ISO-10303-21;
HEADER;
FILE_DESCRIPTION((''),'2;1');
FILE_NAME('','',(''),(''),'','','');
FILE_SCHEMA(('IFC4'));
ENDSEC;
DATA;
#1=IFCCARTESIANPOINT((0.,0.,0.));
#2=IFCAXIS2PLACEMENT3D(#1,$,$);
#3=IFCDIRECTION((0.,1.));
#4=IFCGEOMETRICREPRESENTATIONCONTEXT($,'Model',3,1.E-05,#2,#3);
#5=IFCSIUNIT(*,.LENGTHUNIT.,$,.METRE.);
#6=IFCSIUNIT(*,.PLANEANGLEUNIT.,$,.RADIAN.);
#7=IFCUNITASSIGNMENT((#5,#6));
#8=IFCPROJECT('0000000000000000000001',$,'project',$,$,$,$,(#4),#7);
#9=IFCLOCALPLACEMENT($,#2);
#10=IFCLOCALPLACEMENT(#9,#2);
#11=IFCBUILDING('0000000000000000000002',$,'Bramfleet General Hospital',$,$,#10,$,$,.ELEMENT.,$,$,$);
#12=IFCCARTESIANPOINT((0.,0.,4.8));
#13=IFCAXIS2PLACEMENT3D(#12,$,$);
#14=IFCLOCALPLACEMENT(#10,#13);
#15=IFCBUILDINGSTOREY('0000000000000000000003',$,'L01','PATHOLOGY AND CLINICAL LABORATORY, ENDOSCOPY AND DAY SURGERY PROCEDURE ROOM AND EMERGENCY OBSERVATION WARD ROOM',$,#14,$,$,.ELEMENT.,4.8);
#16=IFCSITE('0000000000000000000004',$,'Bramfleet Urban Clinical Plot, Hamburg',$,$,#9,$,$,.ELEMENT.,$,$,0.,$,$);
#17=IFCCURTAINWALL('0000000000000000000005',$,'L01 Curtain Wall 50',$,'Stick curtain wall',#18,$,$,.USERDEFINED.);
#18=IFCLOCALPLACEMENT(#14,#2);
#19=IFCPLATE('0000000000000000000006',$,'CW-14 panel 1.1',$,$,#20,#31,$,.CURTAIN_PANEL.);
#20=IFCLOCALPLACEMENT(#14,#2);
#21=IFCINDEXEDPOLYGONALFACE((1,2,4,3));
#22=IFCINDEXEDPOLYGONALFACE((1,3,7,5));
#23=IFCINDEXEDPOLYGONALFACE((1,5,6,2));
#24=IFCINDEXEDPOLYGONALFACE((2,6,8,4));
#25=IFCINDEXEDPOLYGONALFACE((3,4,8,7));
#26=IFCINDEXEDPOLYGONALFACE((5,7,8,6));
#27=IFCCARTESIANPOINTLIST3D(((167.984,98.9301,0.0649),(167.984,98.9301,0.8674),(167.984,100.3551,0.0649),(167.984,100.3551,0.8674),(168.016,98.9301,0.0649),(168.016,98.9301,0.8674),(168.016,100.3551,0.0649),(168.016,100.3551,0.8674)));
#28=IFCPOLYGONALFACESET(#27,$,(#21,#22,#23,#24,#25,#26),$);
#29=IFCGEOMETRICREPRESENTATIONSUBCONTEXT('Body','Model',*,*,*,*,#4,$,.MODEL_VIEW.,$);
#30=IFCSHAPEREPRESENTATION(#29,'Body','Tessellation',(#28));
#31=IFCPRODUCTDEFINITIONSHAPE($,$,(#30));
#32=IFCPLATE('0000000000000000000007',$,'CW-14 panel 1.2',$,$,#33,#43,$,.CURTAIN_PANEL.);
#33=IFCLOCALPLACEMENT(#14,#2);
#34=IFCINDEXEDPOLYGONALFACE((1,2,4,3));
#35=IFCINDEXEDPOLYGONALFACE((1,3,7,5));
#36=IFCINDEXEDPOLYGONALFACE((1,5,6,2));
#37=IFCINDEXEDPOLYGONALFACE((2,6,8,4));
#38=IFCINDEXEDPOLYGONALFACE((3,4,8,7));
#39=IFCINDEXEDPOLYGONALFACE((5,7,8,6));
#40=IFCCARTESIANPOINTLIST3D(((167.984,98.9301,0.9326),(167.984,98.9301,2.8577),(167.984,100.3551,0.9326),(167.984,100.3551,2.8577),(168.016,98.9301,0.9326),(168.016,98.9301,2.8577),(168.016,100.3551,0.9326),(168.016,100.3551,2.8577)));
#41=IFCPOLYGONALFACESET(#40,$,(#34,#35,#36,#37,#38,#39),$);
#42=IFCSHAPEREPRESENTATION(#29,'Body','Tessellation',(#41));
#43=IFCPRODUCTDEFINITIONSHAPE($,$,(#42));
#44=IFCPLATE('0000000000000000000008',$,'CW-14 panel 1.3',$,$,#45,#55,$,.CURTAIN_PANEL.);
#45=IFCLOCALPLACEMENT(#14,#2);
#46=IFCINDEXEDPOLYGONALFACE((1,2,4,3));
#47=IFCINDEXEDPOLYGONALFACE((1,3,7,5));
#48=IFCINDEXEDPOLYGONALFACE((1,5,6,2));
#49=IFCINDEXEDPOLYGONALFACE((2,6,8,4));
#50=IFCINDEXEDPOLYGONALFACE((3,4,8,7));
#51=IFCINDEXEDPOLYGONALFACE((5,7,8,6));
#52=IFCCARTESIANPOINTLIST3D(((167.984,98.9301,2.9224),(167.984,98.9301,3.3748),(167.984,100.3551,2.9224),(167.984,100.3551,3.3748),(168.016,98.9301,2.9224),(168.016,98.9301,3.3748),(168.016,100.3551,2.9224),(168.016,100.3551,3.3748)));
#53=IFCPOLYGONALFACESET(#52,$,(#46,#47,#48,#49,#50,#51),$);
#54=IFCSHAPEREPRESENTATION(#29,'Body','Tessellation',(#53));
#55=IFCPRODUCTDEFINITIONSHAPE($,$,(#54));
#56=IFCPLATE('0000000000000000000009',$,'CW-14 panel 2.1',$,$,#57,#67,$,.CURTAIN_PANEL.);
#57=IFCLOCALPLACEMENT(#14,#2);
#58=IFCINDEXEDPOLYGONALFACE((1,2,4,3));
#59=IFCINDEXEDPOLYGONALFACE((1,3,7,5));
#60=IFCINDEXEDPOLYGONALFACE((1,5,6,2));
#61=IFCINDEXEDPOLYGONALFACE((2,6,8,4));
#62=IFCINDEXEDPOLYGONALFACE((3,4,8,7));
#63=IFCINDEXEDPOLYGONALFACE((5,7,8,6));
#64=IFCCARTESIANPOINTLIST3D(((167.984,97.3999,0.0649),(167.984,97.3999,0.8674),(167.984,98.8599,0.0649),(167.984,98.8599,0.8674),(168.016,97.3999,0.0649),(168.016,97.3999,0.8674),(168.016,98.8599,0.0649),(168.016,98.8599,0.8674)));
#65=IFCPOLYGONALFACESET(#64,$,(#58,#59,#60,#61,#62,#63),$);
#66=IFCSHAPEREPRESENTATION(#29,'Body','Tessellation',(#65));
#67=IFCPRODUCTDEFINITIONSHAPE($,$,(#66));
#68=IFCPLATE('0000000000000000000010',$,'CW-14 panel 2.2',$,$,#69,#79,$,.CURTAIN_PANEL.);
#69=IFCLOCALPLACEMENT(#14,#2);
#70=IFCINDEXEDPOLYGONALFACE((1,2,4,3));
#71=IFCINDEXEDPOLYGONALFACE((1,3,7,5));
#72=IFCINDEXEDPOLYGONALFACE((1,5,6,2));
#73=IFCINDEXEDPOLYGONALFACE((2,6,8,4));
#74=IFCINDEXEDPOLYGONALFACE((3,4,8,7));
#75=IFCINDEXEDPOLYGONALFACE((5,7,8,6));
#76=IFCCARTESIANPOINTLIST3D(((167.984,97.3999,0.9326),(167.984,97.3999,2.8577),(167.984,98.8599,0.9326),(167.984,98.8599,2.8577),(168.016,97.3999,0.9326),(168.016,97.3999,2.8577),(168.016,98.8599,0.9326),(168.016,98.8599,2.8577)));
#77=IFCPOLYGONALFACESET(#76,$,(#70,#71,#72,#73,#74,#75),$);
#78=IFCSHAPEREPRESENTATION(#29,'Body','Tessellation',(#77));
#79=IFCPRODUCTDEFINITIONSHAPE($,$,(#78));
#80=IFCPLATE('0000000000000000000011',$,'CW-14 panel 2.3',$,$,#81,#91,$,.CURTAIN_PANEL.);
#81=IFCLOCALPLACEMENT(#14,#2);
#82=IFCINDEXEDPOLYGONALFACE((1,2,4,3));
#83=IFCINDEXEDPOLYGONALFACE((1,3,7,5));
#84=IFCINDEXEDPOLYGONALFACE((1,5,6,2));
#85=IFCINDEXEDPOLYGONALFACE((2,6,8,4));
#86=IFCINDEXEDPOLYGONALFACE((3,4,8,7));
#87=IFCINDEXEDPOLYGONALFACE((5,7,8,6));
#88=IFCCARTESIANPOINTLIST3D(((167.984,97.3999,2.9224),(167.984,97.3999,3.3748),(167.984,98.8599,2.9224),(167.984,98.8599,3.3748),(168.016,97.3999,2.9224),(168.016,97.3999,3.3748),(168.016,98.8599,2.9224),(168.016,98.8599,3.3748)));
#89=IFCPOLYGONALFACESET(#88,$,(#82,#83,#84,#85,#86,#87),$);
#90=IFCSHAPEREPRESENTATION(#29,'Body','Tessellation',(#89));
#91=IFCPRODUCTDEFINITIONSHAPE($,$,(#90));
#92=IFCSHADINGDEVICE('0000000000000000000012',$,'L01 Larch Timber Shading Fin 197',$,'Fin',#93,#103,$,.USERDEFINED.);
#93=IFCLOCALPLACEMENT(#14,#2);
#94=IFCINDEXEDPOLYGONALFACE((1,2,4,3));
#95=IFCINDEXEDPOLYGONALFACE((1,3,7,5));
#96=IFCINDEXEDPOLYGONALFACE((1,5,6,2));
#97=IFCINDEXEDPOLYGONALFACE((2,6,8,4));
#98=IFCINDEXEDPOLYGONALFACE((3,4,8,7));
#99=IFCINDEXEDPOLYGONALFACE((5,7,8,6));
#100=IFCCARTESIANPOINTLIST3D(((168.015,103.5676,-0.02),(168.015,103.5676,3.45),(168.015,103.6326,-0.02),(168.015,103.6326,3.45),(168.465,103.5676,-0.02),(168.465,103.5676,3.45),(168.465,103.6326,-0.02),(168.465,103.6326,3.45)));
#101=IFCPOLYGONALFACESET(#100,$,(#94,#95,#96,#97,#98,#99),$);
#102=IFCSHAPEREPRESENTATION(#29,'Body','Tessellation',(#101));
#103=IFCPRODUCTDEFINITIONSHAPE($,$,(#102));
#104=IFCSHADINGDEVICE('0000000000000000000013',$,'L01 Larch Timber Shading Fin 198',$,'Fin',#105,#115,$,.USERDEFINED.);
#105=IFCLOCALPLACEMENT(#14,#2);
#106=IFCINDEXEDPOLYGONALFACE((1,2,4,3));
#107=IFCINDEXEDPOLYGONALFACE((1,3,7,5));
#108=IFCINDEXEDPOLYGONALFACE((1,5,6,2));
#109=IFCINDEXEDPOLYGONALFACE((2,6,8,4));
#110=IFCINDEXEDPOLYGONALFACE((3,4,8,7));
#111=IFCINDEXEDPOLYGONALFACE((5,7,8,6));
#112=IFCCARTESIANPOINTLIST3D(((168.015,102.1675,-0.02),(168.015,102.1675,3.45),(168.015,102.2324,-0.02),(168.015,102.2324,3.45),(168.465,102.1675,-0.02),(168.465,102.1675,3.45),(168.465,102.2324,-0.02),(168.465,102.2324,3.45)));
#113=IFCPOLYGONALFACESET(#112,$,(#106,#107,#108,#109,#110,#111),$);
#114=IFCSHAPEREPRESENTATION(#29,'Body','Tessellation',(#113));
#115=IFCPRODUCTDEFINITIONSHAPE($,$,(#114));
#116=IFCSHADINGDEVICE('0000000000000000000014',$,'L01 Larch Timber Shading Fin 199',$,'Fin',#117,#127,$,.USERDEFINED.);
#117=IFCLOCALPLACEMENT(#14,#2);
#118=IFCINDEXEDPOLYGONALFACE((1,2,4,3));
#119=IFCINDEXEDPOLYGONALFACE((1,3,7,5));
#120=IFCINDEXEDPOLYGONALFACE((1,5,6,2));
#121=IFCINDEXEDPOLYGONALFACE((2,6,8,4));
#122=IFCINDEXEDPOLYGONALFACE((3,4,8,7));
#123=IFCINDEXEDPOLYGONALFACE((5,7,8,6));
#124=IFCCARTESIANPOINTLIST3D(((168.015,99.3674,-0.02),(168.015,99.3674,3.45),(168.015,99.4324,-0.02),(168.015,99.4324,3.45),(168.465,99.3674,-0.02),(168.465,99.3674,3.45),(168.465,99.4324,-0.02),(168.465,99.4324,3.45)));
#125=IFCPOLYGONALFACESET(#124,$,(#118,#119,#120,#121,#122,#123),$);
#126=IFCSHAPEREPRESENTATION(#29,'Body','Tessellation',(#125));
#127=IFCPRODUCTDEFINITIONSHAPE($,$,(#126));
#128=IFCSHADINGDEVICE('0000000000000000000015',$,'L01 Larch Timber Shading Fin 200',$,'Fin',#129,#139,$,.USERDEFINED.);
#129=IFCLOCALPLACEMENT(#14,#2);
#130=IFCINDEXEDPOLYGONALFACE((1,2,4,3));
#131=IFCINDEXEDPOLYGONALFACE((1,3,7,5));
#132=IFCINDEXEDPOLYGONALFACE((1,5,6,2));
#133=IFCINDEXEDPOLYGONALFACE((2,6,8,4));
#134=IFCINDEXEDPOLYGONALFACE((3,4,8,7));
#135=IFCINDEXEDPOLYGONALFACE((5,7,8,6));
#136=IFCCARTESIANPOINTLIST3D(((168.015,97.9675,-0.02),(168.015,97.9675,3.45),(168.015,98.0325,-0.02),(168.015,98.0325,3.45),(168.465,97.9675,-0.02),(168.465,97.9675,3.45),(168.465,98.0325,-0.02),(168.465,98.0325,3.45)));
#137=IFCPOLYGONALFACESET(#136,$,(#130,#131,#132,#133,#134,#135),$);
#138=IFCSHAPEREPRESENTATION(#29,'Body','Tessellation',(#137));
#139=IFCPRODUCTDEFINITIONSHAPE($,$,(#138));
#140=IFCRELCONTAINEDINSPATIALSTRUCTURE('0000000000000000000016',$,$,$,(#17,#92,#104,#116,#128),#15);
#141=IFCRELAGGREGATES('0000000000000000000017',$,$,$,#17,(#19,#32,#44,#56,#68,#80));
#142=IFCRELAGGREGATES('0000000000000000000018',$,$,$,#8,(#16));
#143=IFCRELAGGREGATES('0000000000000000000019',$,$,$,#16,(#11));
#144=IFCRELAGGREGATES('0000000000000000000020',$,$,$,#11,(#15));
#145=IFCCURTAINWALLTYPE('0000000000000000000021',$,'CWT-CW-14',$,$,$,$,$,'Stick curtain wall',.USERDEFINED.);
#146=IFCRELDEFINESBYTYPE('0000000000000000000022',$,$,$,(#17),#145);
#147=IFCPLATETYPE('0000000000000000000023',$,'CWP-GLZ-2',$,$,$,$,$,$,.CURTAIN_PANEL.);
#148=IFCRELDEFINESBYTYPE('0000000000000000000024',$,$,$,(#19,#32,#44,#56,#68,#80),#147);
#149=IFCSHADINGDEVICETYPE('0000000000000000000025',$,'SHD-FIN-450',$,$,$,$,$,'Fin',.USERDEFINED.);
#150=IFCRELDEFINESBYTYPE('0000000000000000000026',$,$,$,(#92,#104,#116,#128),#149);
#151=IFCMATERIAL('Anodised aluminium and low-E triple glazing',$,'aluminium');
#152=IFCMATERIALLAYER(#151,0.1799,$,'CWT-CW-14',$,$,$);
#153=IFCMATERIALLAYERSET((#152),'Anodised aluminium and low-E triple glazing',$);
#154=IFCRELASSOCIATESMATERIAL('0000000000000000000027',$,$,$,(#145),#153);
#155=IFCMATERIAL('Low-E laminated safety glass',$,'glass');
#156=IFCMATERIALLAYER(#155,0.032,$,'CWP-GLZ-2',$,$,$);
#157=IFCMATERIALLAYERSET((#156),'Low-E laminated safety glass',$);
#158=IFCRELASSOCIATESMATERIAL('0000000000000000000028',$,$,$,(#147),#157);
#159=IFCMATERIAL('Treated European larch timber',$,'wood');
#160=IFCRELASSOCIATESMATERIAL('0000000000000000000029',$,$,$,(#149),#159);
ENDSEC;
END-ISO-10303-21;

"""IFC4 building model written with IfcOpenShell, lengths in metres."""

from ifc_helpers import new_model, si_unit, direction, frame, origin, origin_2d, place, context, subcontext, project, spatial, rectangle, extrude, material, layer, layer_set, material_profile, profile_set, type_object, element, aggregate, save


model = new_model("IFC4")

# Units and contexts
model_context = context("Model", 3, precision=1e-05, world=origin(), true_north=direction((0.0, 1.0)))
body_context = subcontext(model_context, "Body", "Model", "MODEL_VIEW")
ifc_project = project(units=[si_unit("LENGTHUNIT", "METRE"), si_unit("PLANEANGLEUNIT", "RADIAN")], contexts=[model_context])

# Site, building, storey
site_placement = place(None, origin())
site = spatial("IfcSite", under=ifc_project, at=site_placement, Name="Bramfleet Urban Clinical Plot, Hamburg", CompositionType="ELEMENT", RefElevation=0.0)
building_placement = place(site_placement, origin())
building = spatial("IfcBuilding", under=site, at=building_placement, Name="Bramfleet General Hospital", CompositionType="ELEMENT")
storey_placement = place(building_placement, frame((0.0, 0.0, 4.8)))
storey = spatial("IfcBuildingStorey", under=building, at=storey_placement, Name="L01", Description="PATHOLOGY AND CLINICAL LABORATORY, ENDOSCOPY AND DAY SURGERY PROCEDURE ROOM AND EMERGENCY OBSERVATION WARD ROOM", CompositionType="ELEMENT", Elevation=4.8)

# Curtain wall
ifc_material_1 = material(Name="Anodised aluminium and low-E triple glazing", Category="aluminium")
ifc_layer_1 = layer(ifc_material_1, 0.1799, Name="CWT-CW-14")
ifc_layer_set_1 = layer_set([ifc_layer_1], Name="Anodised aluminium and low-E triple glazing")
curtain_wall_type_1 = type_object("IfcCurtainWallType", Name="CWT-CW-14", ElementType="Stick curtain wall", PredefinedType="USERDEFINED", material=ifc_layer_set_1)
curtain_wall_1_placement = place(storey_placement, origin())
curtain_wall_1 = element("IfcCurtainWall", 1, at=curtain_wall_1_placement, inside=storey, type_object=curtain_wall_type_1, Name="L01 Curtain Wall 50", ObjectType="Stick curtain wall", PredefinedType="USERDEFINED")

# Plates
ifc_material_2 = material(Name="Low-E laminated safety glass", Category="glass")
ifc_layer_2 = layer(ifc_material_2, 0.032, Name="CWP-GLZ-2")
ifc_layer_set_2 = layer_set([ifc_layer_2], Name="Low-E laminated safety glass")
plate_type_1 = type_object("IfcPlateType", Name="CWP-GLZ-2", PredefinedType="CURTAIN_PANEL", material=ifc_layer_set_2)
plate_1_placement = place(storey_placement, frame((168.0, 99.6426, 0.0649), z_axis=(0.0, 0.0, 1.0), x_axis=(0.0, -1.0, 0.0)))
plate_1 = element("IfcPlate", 2, at=plate_1_placement, type_object=plate_type_1, Name="CW-14 panel 1.1", PredefinedType="CURTAIN_PANEL", context=body_context, shape_type="SweptSolid", body=[
    extrude(rectangle(XDim=1.425, YDim=0.032, at=origin_2d()), origin(), (0.0, 0.0, 1.0), 0.8025),
])
plate_2_placement = place(storey_placement, frame((168.0, 99.6426, 0.9326), z_axis=(0.0, 0.0, 1.0), x_axis=(0.0, -1.0, 0.0)))
plate_2 = element("IfcPlate", 3, at=plate_2_placement, type_object=plate_type_1, Name="CW-14 panel 1.2", PredefinedType="CURTAIN_PANEL", context=body_context, shape_type="SweptSolid", body=[
    extrude(rectangle(XDim=1.425, YDim=0.032, at=origin_2d()), origin(), (0.0, 0.0, 1.0), 1.925),
])
plate_3_placement = place(storey_placement, frame((168.0, 99.6426, 2.9224), z_axis=(0.0, 0.0, 1.0), x_axis=(0.0, -1.0, 0.0)))
plate_3 = element("IfcPlate", 4, at=plate_3_placement, type_object=plate_type_1, Name="CW-14 panel 1.3", PredefinedType="CURTAIN_PANEL", context=body_context, shape_type="SweptSolid", body=[
    extrude(rectangle(XDim=1.425, YDim=0.032, at=origin_2d()), origin(), (0.0, 0.0, 1.0), 0.4524),
])
plate_4_placement = place(storey_placement, frame((168.0, 98.1299, 0.0649), z_axis=(0.0, 0.0, 1.0), x_axis=(0.0, -1.0, 0.0)))
plate_4 = element("IfcPlate", 5, at=plate_4_placement, type_object=plate_type_1, Name="CW-14 panel 2.1", PredefinedType="CURTAIN_PANEL", context=body_context, shape_type="SweptSolid", body=[
    extrude(rectangle(XDim=1.46, YDim=0.032, at=origin_2d()), origin(), (0.0, 0.0, 1.0), 0.8025),
])
plate_5_placement = place(storey_placement, frame((168.0, 98.1299, 0.9326), z_axis=(0.0, 0.0, 1.0), x_axis=(0.0, -1.0, 0.0)))
plate_5 = element("IfcPlate", 6, at=plate_5_placement, type_object=plate_type_1, Name="CW-14 panel 2.2", PredefinedType="CURTAIN_PANEL", context=body_context, shape_type="SweptSolid", body=[
    extrude(rectangle(XDim=1.46, YDim=0.032, at=origin_2d()), origin(), (0.0, 0.0, 1.0), 1.925),
])
plate_6_placement = place(storey_placement, frame((168.0, 98.1299, 2.9224), z_axis=(0.0, 0.0, 1.0), x_axis=(0.0, -1.0, 0.0)))
plate_6 = element("IfcPlate", 7, at=plate_6_placement, type_object=plate_type_1, Name="CW-14 panel 2.3", PredefinedType="CURTAIN_PANEL", context=body_context, shape_type="SweptSolid", body=[
    extrude(rectangle(XDim=1.46, YDim=0.032, at=origin_2d()), origin(), (0.0, 0.0, 1.0), 0.4524),
])
aggregate(curtain_wall_1, [plate_1, plate_2, plate_3, plate_4, plate_5, plate_6])

# Shading devices
ifc_material_3 = material(Name="Treated European larch timber", Category="wood")
ifc_material_profile_1 = material_profile(ifc_material_3, rectangle(XDim=0.0649, YDim=0.45, at=origin_2d()), Name="LARCH FIN 450x65")
ifc_profile_set_1 = profile_set([ifc_material_profile_1], Name="Treated European larch timber")
shading_device_type = type_object("IfcShadingDeviceType", Name="SHD-FIN-450", ElementType="Fin", PredefinedType="USERDEFINED", material=ifc_profile_set_1)
for number, where, z_axis, x_axis, name in (
    (8, (168.24, 103.6001, -0.02), (0.0, 0.0, 1.0), (0.0, -1.0, 0.0), "L01 Larch Timber Shading Fin 197"),
    (9, (168.24, 102.2, -0.02), (0.0, 0.0, 1.0), (0.0, -1.0, 0.0), "L01 Larch Timber Shading Fin 198"),
    (10, (168.24, 99.3999, -0.02), (0.0, 0.0, 1.0), (0.0, -1.0, 0.0), "L01 Larch Timber Shading Fin 199"),
    (11, (168.24, 98.0, -0.02), (0.0, 0.0, 1.0), (0.0, -1.0, 0.0), "L01 Larch Timber Shading Fin 200"),
):
    element("IfcShadingDevice", number, at=place(storey_placement, frame(where, z_axis=z_axis, x_axis=x_axis)), inside=storey, type_object=shading_device_type, Name=name, ObjectType="Fin", PredefinedType="USERDEFINED", context=body_context, shape_type="SweptSolid", body=[
        extrude(rectangle(XDim=0.0649, YDim=0.45, at=origin_2d()), origin(), (0.0, 0.0, 1.0), 3.47),
    ])

save(model, "model.ifc")
